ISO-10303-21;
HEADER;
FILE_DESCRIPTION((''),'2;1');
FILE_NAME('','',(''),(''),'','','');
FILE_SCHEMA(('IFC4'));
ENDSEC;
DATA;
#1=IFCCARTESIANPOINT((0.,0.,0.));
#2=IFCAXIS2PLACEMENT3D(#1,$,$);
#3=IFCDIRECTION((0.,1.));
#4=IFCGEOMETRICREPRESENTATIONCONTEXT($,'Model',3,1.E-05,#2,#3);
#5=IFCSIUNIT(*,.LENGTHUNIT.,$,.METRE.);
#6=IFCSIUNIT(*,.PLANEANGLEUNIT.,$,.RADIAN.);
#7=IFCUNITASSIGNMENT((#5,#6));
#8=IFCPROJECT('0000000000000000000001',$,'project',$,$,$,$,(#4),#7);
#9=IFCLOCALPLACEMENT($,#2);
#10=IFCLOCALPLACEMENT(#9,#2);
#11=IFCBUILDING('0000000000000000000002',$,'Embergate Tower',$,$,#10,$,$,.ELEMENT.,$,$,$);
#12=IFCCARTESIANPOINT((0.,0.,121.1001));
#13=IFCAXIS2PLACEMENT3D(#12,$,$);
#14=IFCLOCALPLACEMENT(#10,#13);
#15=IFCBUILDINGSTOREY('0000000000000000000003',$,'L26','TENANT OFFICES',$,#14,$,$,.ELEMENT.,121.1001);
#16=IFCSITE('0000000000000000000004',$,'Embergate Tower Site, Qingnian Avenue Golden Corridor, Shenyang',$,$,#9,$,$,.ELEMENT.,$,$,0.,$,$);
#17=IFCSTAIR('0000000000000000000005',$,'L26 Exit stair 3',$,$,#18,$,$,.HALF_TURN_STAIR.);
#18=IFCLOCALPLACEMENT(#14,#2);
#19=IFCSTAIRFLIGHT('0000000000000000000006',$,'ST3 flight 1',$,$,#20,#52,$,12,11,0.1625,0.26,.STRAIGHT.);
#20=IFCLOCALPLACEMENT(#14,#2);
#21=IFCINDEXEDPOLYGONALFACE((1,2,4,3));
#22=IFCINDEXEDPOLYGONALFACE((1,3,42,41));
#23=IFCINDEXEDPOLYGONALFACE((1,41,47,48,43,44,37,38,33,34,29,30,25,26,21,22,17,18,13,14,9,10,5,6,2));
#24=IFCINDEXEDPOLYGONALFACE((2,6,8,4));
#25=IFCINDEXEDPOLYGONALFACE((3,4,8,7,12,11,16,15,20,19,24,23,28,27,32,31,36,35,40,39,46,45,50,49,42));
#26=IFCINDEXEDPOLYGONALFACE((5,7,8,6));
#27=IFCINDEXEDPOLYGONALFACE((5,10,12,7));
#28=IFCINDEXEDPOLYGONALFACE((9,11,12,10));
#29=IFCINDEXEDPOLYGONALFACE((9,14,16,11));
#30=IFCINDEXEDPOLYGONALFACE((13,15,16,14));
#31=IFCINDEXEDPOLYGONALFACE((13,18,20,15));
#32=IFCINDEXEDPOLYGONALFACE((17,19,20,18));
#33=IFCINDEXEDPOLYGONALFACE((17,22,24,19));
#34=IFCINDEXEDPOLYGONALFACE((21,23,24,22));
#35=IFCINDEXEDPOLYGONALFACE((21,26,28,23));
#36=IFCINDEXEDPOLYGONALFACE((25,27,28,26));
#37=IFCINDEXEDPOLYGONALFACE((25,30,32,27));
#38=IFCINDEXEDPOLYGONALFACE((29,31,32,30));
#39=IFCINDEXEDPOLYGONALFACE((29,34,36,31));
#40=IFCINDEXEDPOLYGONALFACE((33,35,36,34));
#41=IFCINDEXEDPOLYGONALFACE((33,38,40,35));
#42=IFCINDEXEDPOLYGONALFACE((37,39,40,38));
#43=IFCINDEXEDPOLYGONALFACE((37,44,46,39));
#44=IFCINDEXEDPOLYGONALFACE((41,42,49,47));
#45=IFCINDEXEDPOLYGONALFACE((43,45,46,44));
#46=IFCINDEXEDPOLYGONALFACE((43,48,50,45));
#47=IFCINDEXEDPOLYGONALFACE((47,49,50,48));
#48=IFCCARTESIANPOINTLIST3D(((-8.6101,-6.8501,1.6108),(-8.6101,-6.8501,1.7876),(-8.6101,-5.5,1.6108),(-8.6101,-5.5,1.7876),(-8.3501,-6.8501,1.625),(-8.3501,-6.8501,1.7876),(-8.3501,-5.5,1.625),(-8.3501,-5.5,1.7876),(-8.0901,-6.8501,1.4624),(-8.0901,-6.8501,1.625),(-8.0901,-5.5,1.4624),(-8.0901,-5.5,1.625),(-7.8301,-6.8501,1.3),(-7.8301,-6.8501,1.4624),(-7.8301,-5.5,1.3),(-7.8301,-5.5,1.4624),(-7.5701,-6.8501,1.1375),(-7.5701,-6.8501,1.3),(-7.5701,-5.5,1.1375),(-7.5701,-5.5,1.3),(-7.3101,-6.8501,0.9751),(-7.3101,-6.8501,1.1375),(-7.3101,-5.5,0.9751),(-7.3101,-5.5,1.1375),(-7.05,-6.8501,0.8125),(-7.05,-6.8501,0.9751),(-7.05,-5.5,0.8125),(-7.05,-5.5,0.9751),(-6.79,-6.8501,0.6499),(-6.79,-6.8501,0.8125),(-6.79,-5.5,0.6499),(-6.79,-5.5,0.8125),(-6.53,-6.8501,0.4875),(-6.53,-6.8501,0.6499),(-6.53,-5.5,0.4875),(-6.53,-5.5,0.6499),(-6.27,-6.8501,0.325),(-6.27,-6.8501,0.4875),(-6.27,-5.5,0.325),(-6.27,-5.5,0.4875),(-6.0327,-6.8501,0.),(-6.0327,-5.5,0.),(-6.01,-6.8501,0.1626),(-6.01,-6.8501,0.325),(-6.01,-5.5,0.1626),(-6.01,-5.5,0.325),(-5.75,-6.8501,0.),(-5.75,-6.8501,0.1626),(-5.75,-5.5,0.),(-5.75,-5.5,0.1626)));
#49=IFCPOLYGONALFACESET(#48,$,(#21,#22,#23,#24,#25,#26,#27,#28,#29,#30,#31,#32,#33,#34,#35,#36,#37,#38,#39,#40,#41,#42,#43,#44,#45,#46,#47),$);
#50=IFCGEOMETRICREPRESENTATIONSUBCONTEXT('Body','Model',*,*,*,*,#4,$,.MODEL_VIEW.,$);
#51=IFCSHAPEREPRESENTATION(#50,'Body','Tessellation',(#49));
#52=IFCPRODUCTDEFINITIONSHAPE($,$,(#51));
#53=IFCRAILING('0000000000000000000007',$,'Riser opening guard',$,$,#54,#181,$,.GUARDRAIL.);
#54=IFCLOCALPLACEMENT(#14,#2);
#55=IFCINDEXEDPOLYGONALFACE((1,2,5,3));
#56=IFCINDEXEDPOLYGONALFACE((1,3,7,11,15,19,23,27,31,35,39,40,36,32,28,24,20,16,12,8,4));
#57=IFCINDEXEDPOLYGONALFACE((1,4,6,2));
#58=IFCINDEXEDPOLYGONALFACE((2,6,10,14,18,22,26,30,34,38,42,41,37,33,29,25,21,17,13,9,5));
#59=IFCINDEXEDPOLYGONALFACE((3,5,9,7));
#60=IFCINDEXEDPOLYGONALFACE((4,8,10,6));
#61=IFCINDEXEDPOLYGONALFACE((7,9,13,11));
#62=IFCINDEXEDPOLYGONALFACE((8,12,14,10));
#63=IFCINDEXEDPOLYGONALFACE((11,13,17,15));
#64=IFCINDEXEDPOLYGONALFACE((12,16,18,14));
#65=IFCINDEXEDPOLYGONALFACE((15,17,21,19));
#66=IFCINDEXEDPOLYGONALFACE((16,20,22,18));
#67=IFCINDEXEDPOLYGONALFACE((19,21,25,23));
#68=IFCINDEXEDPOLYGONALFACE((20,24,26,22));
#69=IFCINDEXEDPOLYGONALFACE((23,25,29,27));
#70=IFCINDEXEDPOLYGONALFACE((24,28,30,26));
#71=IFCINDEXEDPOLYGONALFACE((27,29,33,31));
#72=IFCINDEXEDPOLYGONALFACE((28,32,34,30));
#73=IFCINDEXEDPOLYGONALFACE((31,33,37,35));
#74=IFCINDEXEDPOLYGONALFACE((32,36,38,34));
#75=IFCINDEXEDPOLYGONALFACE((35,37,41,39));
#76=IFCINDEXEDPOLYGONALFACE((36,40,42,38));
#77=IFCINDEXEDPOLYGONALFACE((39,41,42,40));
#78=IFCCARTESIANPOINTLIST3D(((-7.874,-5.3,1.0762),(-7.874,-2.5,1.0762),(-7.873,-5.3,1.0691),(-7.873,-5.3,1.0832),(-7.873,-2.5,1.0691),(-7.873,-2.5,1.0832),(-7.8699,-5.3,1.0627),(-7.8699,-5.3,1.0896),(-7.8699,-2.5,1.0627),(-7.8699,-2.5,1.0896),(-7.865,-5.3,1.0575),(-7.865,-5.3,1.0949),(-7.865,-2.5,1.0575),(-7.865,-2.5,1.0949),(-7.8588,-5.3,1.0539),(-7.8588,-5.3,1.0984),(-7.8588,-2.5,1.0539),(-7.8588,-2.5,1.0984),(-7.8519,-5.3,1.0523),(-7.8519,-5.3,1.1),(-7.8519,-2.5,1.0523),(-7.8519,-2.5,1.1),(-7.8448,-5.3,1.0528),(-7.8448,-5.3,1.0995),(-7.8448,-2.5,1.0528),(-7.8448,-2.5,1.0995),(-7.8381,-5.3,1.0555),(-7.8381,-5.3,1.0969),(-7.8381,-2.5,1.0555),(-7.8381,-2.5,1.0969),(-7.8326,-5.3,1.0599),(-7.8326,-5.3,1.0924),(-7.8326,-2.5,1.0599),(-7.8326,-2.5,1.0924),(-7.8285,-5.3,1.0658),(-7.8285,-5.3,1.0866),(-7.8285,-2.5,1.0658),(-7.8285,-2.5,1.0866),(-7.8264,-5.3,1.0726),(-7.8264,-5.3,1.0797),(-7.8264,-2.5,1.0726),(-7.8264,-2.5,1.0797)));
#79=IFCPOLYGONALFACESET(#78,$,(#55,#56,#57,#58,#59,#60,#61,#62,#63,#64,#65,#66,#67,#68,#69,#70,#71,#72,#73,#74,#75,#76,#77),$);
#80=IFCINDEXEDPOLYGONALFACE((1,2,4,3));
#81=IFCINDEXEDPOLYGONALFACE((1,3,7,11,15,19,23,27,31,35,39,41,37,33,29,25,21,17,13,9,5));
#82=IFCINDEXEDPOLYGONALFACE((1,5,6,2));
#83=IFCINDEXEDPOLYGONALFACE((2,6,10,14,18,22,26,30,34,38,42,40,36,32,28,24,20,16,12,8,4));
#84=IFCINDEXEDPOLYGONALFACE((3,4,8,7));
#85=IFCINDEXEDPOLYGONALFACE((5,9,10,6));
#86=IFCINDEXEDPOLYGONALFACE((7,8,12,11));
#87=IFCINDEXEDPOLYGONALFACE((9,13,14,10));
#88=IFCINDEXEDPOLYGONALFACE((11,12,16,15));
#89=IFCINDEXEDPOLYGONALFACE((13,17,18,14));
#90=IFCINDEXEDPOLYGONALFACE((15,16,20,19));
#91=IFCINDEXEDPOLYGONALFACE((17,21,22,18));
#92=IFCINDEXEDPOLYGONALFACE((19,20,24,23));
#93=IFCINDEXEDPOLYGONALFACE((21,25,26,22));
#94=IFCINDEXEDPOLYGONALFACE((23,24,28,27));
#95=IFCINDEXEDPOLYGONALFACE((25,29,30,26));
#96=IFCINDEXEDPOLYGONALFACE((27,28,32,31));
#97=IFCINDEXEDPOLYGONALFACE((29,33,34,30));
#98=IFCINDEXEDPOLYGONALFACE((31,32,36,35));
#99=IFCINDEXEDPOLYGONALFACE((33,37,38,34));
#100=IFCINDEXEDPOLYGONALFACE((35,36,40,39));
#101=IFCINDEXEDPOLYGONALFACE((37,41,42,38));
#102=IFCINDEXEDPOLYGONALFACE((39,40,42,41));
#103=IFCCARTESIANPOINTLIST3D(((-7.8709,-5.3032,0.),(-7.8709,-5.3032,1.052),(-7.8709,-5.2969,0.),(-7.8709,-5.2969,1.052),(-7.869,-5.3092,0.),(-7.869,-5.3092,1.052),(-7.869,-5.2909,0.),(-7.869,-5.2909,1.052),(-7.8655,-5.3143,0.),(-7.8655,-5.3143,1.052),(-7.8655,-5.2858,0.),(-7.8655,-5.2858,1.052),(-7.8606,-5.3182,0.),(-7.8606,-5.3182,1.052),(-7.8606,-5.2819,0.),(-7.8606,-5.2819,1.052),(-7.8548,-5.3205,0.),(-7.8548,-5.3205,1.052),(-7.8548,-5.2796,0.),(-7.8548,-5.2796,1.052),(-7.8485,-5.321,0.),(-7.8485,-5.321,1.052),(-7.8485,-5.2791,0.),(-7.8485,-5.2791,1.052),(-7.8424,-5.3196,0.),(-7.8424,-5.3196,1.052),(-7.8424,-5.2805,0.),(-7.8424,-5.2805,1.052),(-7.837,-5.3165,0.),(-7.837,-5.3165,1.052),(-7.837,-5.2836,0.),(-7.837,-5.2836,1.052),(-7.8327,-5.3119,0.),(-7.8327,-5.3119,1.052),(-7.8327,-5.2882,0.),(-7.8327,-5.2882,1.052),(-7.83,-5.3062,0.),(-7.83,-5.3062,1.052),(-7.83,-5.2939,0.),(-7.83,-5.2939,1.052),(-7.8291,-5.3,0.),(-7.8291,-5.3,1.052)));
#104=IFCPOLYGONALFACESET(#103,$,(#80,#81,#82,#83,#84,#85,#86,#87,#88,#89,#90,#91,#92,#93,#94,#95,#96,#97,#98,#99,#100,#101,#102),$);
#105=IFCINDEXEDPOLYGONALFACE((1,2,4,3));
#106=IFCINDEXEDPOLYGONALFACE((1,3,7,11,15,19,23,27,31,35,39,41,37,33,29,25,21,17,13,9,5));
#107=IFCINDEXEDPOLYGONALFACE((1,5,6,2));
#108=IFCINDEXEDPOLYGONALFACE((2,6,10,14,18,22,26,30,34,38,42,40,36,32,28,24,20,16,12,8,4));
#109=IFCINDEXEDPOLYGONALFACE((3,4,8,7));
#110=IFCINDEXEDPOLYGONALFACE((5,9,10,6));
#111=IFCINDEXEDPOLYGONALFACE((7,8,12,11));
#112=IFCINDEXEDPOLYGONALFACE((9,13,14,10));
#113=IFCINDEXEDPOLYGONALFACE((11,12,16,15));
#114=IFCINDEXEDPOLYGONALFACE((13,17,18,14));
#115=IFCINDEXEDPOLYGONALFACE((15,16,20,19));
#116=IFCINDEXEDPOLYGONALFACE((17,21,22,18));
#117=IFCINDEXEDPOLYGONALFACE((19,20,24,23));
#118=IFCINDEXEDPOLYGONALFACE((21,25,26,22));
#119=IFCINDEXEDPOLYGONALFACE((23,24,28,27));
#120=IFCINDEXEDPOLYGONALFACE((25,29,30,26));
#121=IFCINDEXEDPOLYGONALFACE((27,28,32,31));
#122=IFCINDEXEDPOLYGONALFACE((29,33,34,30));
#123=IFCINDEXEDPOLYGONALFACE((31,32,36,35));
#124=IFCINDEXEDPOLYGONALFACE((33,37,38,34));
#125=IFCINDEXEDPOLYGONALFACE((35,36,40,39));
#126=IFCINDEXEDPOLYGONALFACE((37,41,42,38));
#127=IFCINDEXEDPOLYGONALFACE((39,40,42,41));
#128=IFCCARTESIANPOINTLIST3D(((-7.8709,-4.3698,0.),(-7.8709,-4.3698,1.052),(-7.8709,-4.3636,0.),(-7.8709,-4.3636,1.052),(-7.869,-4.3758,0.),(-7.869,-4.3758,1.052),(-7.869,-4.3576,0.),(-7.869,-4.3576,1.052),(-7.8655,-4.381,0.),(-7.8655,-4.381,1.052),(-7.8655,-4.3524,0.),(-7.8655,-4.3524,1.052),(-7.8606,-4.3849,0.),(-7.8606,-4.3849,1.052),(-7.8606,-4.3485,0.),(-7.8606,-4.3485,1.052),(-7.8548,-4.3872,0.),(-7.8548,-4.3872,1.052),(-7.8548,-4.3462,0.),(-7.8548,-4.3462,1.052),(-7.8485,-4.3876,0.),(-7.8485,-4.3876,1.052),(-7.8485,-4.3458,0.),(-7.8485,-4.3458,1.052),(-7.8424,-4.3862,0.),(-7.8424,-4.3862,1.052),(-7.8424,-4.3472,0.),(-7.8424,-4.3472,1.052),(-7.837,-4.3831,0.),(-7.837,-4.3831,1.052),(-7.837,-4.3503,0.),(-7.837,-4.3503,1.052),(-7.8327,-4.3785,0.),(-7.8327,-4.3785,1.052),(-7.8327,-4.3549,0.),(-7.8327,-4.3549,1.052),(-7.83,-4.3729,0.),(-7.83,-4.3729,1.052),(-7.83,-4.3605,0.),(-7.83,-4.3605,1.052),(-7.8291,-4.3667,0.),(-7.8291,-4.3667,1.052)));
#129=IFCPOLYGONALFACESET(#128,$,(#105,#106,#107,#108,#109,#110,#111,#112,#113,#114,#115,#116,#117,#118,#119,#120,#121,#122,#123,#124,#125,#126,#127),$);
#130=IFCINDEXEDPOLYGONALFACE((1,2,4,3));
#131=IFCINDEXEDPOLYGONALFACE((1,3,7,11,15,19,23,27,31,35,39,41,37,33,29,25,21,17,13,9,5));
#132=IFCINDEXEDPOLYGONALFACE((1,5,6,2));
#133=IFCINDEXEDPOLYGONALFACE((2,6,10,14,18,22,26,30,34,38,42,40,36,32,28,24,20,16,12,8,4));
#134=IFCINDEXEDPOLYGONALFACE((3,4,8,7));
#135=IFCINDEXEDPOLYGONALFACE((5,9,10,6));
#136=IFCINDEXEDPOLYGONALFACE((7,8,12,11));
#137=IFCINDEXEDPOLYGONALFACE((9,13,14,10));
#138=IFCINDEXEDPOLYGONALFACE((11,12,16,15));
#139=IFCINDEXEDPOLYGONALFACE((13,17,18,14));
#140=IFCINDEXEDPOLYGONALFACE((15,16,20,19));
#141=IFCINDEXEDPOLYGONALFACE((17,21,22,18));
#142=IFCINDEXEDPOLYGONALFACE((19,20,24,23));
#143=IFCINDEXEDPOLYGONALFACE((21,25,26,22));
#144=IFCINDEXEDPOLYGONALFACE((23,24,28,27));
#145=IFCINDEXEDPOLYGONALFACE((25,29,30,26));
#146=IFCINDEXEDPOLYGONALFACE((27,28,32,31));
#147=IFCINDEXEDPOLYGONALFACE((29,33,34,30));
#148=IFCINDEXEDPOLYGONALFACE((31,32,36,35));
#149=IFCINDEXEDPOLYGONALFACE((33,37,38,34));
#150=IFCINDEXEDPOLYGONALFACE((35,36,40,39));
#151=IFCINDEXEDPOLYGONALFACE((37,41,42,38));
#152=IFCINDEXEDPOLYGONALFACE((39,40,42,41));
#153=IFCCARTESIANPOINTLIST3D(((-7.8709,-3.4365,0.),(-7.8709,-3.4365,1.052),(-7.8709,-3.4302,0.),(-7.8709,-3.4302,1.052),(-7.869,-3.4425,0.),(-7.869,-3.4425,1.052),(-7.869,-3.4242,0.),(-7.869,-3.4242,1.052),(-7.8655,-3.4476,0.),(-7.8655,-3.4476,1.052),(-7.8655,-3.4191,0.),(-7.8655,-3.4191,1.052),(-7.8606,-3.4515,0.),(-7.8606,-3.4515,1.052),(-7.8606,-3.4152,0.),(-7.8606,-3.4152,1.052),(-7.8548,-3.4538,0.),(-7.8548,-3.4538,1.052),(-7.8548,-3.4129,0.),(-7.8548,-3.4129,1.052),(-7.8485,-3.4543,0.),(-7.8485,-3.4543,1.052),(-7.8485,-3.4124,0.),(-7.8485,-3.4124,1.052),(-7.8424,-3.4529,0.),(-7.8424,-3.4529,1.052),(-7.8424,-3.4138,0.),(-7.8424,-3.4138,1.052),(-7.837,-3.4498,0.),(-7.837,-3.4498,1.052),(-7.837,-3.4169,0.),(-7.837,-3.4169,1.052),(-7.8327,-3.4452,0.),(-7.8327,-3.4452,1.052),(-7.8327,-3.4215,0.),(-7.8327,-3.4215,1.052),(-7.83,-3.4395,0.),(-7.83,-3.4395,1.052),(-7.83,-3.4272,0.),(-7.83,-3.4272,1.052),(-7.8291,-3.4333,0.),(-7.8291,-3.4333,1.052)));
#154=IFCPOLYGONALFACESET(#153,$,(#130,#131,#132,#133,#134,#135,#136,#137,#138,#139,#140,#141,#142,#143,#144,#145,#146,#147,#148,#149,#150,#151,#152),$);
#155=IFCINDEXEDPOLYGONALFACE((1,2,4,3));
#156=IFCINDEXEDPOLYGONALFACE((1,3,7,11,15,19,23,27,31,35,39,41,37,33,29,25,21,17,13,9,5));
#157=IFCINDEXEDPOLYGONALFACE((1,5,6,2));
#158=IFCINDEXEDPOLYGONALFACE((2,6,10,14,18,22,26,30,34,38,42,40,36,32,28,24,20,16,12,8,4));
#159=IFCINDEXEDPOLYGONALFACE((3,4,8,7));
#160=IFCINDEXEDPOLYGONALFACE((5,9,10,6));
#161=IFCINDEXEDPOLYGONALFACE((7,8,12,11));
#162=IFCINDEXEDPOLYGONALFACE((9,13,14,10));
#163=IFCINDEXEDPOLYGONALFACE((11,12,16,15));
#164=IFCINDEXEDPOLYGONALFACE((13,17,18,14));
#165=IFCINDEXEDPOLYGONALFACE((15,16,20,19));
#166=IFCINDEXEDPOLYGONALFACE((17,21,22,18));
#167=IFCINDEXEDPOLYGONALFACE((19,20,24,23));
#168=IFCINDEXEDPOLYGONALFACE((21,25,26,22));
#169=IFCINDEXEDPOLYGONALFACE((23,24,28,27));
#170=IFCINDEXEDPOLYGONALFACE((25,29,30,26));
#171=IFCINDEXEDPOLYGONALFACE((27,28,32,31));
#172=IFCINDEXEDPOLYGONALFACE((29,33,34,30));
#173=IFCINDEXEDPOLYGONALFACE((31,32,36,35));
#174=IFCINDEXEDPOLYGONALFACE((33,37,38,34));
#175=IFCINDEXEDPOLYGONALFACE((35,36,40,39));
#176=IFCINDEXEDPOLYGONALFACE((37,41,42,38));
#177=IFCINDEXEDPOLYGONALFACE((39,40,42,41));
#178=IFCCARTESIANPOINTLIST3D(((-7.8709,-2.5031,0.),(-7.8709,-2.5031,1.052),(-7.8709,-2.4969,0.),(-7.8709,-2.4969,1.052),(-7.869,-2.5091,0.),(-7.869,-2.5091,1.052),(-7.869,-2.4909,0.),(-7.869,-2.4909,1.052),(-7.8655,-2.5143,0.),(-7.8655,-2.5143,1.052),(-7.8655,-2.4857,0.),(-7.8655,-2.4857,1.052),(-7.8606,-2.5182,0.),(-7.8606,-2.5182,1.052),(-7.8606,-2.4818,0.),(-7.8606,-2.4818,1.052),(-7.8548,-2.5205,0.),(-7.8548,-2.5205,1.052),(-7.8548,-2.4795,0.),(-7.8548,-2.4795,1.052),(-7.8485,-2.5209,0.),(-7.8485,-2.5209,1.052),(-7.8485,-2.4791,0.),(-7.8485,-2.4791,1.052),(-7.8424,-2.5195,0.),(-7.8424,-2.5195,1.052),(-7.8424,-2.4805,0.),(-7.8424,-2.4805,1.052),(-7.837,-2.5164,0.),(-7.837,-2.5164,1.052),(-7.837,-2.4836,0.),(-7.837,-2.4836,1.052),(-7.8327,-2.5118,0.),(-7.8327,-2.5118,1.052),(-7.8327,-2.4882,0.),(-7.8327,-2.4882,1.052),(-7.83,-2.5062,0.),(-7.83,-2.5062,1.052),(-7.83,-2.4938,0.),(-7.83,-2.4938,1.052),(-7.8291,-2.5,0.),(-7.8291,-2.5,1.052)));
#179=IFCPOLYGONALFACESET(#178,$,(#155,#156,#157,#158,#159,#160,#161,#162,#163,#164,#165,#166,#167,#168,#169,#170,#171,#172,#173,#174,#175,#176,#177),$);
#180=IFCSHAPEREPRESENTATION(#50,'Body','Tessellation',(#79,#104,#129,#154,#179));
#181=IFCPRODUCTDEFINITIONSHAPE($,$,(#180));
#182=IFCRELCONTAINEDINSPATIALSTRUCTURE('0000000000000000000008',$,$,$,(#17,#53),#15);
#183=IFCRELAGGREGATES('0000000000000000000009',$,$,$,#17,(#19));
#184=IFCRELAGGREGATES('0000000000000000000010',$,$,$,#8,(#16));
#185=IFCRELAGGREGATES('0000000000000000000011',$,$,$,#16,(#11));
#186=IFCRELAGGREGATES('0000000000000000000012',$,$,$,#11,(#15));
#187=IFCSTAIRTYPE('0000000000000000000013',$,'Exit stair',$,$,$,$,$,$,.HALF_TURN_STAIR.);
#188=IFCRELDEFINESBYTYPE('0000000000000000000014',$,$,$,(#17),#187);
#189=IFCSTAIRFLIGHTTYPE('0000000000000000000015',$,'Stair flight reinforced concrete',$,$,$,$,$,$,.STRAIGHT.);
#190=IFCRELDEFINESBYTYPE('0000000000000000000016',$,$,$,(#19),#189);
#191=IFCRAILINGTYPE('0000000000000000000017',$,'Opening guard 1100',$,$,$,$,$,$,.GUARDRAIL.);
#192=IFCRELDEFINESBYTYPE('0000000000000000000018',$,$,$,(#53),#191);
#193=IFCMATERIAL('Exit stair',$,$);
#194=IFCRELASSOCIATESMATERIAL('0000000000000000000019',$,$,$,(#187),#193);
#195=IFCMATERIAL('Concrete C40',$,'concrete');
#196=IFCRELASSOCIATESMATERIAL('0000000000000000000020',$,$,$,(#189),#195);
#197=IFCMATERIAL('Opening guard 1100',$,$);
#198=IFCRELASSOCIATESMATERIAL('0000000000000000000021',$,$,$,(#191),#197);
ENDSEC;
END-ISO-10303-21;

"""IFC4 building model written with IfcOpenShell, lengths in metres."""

from ifc_helpers import new_model, si_unit, direction, frame, origin, origin_2d, place, context, subcontext, project, spatial, polyline, circle, outline, extrude, source, transform, mapped, material, type_object, element, aggregate, save


model = new_model("IFC4")

# Units and contexts
model_context = context("Model", 3, precision=1e-05, world=origin(), true_north=direction((0.0, 1.0)))
body_context = subcontext(model_context, "Body", "Model", "MODEL_VIEW")
ifc_project = project(units=[si_unit("LENGTHUNIT", "METRE"), si_unit("PLANEANGLEUNIT", "RADIAN")], contexts=[model_context])

# Site, building, storey
site_placement = place(None, origin())
site = spatial("IfcSite", under=ifc_project, at=site_placement, Name="Embergate Tower Site, Qingnian Avenue Golden Corridor, Shenyang", CompositionType="ELEMENT", RefElevation=0.0)
building_placement = place(site_placement, origin())
building = spatial("IfcBuilding", under=site, at=building_placement, Name="Embergate Tower", CompositionType="ELEMENT")
storey_placement = place(building_placement, frame((0.0, 0.0, 121.1001)))
storey = spatial("IfcBuildingStorey", under=building, at=storey_placement, Name="L26", Description="TENANT OFFICES", CompositionType="ELEMENT", Elevation=121.1001)

# Stair, stair flight
ifc_material_1 = material(Name="Exit stair")
stair_type = type_object("IfcStairType", Name="Exit stair", PredefinedType="HALF_TURN_STAIR", material=ifc_material_1)
stair_placement = place(storey_placement, origin())
stair = element("IfcStair", 1, at=stair_placement, inside=storey, type_object=stair_type, Name="L26 Exit stair 3", PredefinedType="HALF_TURN_STAIR")
ifc_material_2 = material(Name="Concrete C40", Category="concrete")
stair_flight_type = type_object("IfcStairFlightType", Name="Stair flight reinforced concrete", PredefinedType="STRAIGHT", material=ifc_material_2)
shared_shape_1 = source(origin(), body_context, "Body", "SweptSolid", [
    extrude(outline(polyline([(0.0, 0.0), (0.0, 0.1626), (0.26, 0.1626), (0.26, 0.325), (0.52, 0.325), (0.52, 0.4875), (0.78, 0.4875), (0.78, 0.6499), (1.04, 0.6499), (1.04, 0.8125), (1.3, 0.8125), (1.3, 0.9751), (1.5601, 0.9751), (1.5601, 1.1375), (1.8201, 1.1375), (1.8201, 1.3), (2.0801, 1.3), (2.0801, 1.4624), (2.3401, 1.4624), (2.3401, 1.625), (2.6001, 1.625), (2.6001, 1.7876), (2.8601, 1.7876), (2.8601, 1.95), (2.8601, 1.6108), (0.2827, 0.0), (0.0, 0.0)])), frame((0.0, 0.675, 0.0), z_axis=(0.0, -1.0, 0.0), x_axis=(1.0, 0.0, 0.0)), (0.0, 0.0, 1.0), 1.3501),
])
stair_flight_placement = place(storey_placement, frame((-5.75, -6.175, 0.0), z_axis=(0.0, 0.0, 1.0), x_axis=(-1.0, 0.0, 0.0)))
stair_flight = element("IfcStairFlight", 2, at=stair_flight_placement, type_object=stair_flight_type, Name="ST3 flight 1", NumberOfRisers=12, NumberOfTreads=11, PredefinedType="STRAIGHT", RiserHeight=0.1625, TreadLength=0.26, context=body_context, shape_type="MappedRepresentation", body=[
    mapped(shared_shape_1, transform((0.0, 0.0, 0.0))),
])
aggregate(stair, [stair_flight])

# Railing
ifc_material_3 = material(Name="Opening guard 1100")
railing_type_1 = type_object("IfcRailingType", Name="Opening guard 1100", PredefinedType="GUARDRAIL", material=ifc_material_3)
shared_shape_2 = source(origin(), body_context, "Body", "SweptSolid", [
    extrude(circle(Radius=0.0239, at=origin_2d()), frame((0.0, 0.0, 1.0762), z_axis=(0.0, 1.0, 0.0), x_axis=(-1.0, 0.0, 0.0)), (0.0, 0.0, 1.0), 2.8),
    extrude(circle(Radius=0.021, at=origin_2d()), origin(), (0.0, 0.0, 1.0), 1.052),
    extrude(circle(Radius=0.021, at=origin_2d()), frame((0.0, 0.9333, 0.0)), (0.0, 0.0, 1.0), 1.052),
    extrude(circle(Radius=0.021, at=origin_2d()), frame((0.0, 1.8667, 0.0)), (0.0, 0.0, 1.0), 1.052),
    extrude(circle(Radius=0.021, at=origin_2d()), frame((0.0, 2.8, 0.0)), (0.0, 0.0, 1.0), 1.052),
])
railing_1_placement = place(storey_placement, frame((-7.8501, -5.3, 0.0)))
element("IfcRailing", 3, at=railing_1_placement, inside=storey, type_object=railing_type_1, Name="Riser opening guard", PredefinedType="GUARDRAIL", context=body_context, shape_type="MappedRepresentation", body=[
    mapped(shared_shape_2, transform((0.0, 0.0, 0.0))),
])

save(model, "model.ifc")
